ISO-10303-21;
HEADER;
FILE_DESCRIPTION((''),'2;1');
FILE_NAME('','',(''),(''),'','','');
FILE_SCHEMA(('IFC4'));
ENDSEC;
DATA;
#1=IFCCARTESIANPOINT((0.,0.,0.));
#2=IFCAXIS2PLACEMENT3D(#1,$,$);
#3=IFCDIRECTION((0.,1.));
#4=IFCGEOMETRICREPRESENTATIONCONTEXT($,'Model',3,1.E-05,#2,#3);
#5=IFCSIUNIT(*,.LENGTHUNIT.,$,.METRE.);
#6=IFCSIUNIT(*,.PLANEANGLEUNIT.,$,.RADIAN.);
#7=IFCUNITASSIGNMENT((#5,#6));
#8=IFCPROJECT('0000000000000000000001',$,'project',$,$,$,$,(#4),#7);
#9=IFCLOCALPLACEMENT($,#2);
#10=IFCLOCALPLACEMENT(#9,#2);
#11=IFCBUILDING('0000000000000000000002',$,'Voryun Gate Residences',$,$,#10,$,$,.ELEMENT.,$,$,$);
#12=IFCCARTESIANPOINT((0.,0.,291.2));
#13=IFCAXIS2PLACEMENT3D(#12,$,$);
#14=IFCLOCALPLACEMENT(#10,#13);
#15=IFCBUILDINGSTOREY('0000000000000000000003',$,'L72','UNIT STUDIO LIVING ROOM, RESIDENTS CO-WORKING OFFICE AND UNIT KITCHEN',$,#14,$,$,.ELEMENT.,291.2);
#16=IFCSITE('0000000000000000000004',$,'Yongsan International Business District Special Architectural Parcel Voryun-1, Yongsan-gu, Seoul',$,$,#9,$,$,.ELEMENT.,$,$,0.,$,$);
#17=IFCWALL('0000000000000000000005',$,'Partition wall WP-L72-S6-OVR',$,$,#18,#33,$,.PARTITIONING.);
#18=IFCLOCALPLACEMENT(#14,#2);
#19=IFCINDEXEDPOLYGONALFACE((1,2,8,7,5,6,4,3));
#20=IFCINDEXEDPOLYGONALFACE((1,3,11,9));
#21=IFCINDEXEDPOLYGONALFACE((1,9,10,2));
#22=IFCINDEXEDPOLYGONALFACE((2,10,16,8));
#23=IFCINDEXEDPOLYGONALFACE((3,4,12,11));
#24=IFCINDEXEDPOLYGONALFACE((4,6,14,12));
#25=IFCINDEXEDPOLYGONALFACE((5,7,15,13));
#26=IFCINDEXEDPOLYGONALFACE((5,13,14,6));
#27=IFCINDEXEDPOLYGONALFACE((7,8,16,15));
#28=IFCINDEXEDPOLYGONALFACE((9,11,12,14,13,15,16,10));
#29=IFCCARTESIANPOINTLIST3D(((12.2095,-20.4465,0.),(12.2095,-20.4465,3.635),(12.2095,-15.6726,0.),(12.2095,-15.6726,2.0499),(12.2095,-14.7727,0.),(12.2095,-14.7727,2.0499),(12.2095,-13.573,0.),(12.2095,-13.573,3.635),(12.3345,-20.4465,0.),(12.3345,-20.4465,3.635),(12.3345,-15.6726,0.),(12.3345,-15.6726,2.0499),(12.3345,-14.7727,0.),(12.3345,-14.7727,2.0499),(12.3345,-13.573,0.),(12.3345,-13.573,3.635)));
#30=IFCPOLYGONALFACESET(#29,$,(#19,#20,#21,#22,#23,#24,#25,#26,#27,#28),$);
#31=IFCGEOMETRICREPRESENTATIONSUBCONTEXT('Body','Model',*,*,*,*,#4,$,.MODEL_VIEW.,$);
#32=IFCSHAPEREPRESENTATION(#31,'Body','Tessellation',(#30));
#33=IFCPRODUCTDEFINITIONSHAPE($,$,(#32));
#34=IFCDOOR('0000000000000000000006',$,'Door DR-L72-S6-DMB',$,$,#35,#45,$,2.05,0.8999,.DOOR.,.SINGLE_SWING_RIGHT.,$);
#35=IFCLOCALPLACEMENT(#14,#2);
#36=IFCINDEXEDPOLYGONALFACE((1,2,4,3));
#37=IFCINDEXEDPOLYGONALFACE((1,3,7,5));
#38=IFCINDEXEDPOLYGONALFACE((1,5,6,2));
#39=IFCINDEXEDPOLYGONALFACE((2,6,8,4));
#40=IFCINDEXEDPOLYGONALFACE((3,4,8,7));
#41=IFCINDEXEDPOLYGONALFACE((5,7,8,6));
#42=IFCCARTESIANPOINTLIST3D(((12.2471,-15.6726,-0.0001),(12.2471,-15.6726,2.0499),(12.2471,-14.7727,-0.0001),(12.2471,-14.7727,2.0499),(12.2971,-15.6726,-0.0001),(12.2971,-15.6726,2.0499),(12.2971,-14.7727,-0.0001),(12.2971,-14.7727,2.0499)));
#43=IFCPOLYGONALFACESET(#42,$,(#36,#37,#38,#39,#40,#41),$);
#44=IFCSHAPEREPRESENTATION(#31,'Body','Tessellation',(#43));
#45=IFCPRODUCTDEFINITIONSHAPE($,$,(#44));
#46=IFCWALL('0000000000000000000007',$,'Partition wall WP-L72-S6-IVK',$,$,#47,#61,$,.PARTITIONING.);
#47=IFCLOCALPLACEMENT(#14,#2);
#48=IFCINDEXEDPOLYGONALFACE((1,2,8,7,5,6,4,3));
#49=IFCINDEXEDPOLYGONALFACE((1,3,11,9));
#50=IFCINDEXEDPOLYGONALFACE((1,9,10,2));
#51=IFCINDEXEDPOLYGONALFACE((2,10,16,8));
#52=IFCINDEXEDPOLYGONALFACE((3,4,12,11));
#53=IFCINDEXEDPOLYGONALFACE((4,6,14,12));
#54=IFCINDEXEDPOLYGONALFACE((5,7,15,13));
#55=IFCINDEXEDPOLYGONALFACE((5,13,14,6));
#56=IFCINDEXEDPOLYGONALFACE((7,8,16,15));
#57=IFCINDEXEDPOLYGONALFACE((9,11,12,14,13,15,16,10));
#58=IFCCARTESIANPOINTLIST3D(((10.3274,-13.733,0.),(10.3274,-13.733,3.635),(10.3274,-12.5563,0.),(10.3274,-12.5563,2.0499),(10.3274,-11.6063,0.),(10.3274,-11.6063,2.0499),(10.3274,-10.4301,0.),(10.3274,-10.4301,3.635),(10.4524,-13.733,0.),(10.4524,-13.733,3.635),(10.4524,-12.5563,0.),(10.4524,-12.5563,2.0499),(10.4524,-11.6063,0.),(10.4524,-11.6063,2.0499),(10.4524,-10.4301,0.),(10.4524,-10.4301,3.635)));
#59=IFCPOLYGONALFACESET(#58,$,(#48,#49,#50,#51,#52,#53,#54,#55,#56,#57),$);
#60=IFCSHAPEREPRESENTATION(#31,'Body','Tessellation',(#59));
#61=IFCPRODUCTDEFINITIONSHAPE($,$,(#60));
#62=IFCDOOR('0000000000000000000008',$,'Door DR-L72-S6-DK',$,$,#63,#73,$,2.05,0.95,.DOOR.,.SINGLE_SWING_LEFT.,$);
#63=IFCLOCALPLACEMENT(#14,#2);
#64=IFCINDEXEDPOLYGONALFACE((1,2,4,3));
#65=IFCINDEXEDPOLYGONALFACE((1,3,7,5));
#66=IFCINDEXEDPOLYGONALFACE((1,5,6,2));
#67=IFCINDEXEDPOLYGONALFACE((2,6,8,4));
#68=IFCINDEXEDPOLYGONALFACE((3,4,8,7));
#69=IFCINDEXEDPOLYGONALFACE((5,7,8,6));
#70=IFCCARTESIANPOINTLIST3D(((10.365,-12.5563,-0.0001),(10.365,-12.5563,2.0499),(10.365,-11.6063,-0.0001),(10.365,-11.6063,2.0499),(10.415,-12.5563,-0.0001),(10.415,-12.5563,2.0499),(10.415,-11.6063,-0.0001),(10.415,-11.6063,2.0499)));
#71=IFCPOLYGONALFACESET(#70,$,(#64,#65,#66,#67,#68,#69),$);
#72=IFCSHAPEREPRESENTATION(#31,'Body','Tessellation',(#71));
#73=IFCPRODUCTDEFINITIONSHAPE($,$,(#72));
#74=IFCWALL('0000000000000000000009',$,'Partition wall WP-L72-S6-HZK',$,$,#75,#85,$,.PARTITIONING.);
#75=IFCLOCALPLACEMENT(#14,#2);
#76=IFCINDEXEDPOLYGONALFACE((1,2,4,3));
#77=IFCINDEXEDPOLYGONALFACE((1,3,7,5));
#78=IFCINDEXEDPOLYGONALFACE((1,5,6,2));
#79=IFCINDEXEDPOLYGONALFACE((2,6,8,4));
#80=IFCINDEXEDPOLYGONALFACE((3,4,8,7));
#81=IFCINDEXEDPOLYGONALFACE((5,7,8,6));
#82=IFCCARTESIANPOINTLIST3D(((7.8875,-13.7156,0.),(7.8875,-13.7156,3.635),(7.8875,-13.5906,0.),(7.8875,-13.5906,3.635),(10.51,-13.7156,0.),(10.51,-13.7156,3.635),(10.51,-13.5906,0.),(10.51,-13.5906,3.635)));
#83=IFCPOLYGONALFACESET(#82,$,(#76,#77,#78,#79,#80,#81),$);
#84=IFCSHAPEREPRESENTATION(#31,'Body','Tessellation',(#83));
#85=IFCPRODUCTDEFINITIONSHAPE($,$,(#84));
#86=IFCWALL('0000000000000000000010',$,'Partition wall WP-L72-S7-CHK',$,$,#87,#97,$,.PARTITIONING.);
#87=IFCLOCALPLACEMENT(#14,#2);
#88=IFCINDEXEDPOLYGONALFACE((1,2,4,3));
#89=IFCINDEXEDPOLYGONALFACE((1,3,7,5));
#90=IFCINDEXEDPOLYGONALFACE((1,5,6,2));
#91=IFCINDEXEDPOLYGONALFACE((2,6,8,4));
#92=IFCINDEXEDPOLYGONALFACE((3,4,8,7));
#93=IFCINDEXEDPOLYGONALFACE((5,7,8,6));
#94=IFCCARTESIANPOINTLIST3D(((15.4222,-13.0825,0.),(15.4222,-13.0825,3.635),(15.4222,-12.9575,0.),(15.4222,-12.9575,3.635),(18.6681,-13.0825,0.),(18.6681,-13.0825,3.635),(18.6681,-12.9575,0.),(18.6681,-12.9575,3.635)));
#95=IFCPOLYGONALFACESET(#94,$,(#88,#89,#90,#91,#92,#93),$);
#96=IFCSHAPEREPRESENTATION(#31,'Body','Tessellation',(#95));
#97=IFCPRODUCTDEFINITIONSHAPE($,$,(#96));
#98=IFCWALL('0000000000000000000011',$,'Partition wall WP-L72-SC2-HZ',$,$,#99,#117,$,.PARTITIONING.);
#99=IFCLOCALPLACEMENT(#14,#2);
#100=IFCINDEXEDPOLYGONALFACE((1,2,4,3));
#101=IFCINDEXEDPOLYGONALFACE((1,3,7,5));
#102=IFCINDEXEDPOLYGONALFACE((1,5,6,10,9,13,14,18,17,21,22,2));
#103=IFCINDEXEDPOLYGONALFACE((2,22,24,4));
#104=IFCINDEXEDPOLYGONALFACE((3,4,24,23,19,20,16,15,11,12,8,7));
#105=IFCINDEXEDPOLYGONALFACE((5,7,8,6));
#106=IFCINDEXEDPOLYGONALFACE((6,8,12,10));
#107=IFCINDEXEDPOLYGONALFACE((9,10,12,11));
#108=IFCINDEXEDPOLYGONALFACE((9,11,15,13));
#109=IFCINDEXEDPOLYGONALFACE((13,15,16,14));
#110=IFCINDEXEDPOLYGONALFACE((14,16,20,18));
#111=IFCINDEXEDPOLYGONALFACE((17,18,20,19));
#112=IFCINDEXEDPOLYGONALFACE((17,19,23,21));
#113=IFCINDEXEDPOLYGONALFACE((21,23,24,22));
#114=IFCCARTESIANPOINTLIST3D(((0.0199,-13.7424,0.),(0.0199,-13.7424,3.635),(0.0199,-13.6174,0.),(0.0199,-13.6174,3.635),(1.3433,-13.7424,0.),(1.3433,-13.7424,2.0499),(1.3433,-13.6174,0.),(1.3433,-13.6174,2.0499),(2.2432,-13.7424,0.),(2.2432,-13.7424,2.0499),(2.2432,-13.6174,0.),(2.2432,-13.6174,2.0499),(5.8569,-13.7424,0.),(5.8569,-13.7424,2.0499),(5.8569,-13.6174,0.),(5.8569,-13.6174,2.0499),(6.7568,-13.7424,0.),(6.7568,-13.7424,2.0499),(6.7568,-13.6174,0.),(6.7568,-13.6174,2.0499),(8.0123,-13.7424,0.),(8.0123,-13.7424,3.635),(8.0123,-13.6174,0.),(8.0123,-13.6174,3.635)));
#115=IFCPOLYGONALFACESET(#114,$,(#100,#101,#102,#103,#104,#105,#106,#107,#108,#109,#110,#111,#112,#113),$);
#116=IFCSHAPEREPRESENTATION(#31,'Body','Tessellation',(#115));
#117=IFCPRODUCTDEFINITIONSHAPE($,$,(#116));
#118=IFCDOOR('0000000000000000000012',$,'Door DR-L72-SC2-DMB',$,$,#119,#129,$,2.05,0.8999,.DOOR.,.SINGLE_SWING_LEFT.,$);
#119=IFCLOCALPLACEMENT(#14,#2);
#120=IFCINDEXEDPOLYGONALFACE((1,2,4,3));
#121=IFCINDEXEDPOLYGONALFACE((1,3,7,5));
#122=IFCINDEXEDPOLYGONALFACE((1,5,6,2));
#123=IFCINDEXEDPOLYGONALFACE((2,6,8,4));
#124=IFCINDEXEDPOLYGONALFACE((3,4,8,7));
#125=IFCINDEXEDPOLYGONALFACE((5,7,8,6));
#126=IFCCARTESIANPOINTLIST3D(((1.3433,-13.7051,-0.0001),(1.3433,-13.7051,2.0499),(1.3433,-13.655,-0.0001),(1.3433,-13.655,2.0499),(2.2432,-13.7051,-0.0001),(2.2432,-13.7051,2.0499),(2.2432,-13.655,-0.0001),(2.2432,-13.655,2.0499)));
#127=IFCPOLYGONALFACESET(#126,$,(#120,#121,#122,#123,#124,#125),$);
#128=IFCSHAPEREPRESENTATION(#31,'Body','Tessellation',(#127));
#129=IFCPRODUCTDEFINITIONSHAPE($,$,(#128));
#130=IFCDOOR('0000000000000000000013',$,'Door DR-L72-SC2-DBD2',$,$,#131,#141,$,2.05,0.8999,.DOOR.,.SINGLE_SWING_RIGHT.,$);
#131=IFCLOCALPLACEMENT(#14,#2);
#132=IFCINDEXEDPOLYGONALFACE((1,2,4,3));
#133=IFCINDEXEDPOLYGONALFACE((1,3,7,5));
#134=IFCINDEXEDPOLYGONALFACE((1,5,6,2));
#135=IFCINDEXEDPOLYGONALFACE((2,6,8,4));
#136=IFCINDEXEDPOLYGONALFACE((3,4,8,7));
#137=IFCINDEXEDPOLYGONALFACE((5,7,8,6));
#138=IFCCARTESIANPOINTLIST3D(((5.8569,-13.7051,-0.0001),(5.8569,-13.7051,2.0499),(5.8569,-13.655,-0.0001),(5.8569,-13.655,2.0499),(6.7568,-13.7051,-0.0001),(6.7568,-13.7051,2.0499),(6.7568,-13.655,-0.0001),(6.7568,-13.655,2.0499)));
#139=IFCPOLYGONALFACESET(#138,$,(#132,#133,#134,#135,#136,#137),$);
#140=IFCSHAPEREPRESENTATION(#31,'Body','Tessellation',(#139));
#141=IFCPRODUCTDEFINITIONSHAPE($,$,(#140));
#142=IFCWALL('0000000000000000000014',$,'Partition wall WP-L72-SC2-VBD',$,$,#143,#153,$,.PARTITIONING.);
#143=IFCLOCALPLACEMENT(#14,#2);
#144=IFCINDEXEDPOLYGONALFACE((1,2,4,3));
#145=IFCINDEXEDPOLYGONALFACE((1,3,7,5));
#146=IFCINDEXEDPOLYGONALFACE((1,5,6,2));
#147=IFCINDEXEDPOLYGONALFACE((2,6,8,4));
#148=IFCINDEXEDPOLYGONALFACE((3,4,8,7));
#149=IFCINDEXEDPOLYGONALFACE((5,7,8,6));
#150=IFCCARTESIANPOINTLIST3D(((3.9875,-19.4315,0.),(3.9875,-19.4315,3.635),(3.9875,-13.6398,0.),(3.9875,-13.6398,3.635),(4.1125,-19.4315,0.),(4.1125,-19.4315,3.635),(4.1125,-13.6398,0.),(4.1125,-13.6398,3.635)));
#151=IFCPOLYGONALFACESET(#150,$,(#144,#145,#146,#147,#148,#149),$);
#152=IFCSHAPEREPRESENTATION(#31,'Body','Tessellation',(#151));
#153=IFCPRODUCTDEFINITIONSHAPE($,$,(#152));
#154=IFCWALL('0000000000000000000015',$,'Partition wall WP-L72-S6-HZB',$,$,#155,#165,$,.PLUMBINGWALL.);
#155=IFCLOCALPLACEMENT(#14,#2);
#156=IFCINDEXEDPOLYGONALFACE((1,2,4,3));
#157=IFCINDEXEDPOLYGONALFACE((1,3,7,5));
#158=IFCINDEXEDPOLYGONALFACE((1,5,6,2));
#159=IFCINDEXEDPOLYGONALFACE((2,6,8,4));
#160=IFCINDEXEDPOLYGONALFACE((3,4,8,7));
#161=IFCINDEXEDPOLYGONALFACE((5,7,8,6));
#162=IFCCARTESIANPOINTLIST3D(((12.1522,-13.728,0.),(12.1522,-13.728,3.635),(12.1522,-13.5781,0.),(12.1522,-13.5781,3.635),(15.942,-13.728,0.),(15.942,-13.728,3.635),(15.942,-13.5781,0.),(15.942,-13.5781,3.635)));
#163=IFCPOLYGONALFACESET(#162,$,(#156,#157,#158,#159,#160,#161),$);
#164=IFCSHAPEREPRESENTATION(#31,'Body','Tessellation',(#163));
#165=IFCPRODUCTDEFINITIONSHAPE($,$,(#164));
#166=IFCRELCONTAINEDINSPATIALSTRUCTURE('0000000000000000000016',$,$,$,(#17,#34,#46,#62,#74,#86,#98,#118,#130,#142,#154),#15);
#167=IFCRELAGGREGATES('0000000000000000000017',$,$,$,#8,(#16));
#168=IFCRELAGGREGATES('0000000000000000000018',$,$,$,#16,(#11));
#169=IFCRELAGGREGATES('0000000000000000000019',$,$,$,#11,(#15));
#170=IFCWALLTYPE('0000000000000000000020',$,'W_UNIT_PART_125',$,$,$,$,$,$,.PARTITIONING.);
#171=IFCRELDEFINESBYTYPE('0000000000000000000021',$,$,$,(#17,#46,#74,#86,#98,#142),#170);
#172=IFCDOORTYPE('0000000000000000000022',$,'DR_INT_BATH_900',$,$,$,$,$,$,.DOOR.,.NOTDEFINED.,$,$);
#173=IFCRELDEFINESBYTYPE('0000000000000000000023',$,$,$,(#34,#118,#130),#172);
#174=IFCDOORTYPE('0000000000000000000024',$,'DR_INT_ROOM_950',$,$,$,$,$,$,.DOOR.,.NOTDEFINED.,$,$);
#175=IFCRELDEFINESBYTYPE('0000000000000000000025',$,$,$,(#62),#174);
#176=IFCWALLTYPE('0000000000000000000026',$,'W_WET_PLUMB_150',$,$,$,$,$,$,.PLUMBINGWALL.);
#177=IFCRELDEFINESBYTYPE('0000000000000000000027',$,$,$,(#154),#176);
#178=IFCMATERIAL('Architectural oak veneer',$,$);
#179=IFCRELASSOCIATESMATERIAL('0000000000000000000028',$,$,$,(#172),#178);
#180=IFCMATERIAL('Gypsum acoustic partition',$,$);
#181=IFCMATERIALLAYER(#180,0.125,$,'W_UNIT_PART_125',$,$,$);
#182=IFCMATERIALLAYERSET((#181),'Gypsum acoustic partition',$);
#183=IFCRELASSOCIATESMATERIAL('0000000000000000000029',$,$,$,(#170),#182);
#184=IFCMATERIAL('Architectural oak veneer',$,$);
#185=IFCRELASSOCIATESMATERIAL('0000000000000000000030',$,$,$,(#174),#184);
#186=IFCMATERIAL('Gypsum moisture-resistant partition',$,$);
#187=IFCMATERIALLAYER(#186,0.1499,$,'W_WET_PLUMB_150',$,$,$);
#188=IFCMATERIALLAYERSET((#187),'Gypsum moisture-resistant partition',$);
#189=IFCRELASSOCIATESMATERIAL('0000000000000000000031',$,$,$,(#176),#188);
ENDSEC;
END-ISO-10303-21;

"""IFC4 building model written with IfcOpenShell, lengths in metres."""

from ifc_helpers import new_model, si_unit, direction, frame, frame_2d, origin, place, context, subcontext, project, spatial, rectangle, extrude, material, layer, layer_set, type_object, element, fill, save


model = new_model("IFC4")

# Units and contexts
model_context = context("Model", 3, precision=1e-05, world=origin(), true_north=direction((0.0, 1.0)))
body_context = subcontext(model_context, "Body", "Model", "MODEL_VIEW")
ifc_project = project(units=[si_unit("LENGTHUNIT", "METRE"), si_unit("PLANEANGLEUNIT", "RADIAN")], contexts=[model_context])

# Site, building, storey
site_placement = place(None, origin())
site = spatial("IfcSite", under=ifc_project, at=site_placement, Name="Yongsan International Business District Special Architectural Parcel Voryun-1, Yongsan-gu, Seoul", CompositionType="ELEMENT", RefElevation=0.0)
building_placement = place(site_placement, origin())
building = spatial("IfcBuilding", under=site, at=building_placement, Name="Voryun Gate Residences", CompositionType="ELEMENT")
storey_placement = place(building_placement, frame((0.0, 0.0, 291.2)))
storey = spatial("IfcBuildingStorey", under=building, at=storey_placement, Name="L72", Description="UNIT STUDIO LIVING ROOM, RESIDENTS CO-WORKING OFFICE AND UNIT KITCHEN", CompositionType="ELEMENT", Elevation=291.2)

# Shared definitions
ifc_material_1 = material(Name="Architectural oak veneer")
door_type_1 = type_object("IfcDoorType", Name="DR_INT_BATH_900", OperationType="NOTDEFINED", PredefinedType="DOOR", material=ifc_material_1)

# Walls, openings, doors
ifc_material_2 = material(Name="Gypsum acoustic partition")
ifc_layer_1 = layer(ifc_material_2, 0.125, Name="W_UNIT_PART_125")
ifc_layer_set_1 = layer_set([ifc_layer_1], Name="Gypsum acoustic partition")
wall_type_1 = type_object("IfcWallType", Name="W_UNIT_PART_125", PredefinedType="PARTITIONING", material=ifc_layer_set_1)
wall_1_placement = place(storey_placement, frame((12.272, -20.4465, 0.0), z_axis=(0.0, 0.0, 1.0), x_axis=(0.0, 1.0, 0.0)))
wall_1 = element("IfcWall", 1, at=wall_1_placement, inside=storey, type_object=wall_type_1, Name="Partition wall WP-L72-S6-OVR", PredefinedType="PARTITIONING", context=body_context, shape_type="SweptSolid", body=[
    extrude(rectangle(XDim=6.8735, YDim=0.125, at=frame_2d((3.4368, 0.0))), origin(), (0.0, 0.0, 1.0), 3.635),
])
opening_1_placement = place(wall_1_placement, frame((4.7739, 0.0, 0.0)))
opening_1 = element("IfcOpeningElement", 2, at=opening_1_placement, cuts=wall_1, PredefinedType="OPENING", context=body_context, shape_type="SweptSolid", body=[
    extrude(rectangle(XDim=0.8999, YDim=2.05, at=frame_2d((0.45, 1.0249))), frame((0.0, 0.0725, 0.0), z_axis=(0.0, -1.0, 0.0), x_axis=(1.0, 0.0, 0.0)), (0.0, 0.0, 1.0), 0.145),
])
door_1_placement = place(opening_1_placement, origin())
door_1 = element("IfcDoor", 3, at=door_1_placement, inside=storey, type_object=door_type_1, Name="Door DR-L72-S6-DMB", OperationType="SINGLE_SWING_RIGHT", OverallHeight=2.05, OverallWidth=0.8999, PredefinedType="DOOR", context=body_context, shape_type="SweptSolid", body=[
    extrude(rectangle(XDim=0.8999, YDim=2.05, at=frame_2d((0.45, 1.0249))), frame((0.0, 0.0249, 0.0), z_axis=(0.0, -1.0, 0.0), x_axis=(1.0, 0.0, 0.0)), (0.0, 0.0, 1.0), 0.05),
])
fill(opening_1, door_1)
wall_2_placement = place(storey_placement, frame((10.3899, -13.7329, 0.0), z_axis=(0.0, 0.0, 1.0), x_axis=(0.0, 1.0, 0.0)))
wall_2 = element("IfcWall", 4, at=wall_2_placement, inside=storey, type_object=wall_type_1, Name="Partition wall WP-L72-S6-IVK", PredefinedType="PARTITIONING", context=body_context, shape_type="SweptSolid", body=[
    extrude(rectangle(XDim=3.303, YDim=0.125, at=frame_2d((1.6514, 0.0))), origin(), (0.0, 0.0, 1.0), 3.635),
])
opening_2_placement = place(wall_2_placement, frame((1.1765, 0.0, 0.0)))
opening_2 = element("IfcOpeningElement", 5, at=opening_2_placement, cuts=wall_2, PredefinedType="OPENING", context=body_context, shape_type="SweptSolid", body=[
    extrude(rectangle(XDim=0.95, YDim=2.05, at=frame_2d((0.4751, 1.0249))), frame((0.0, 0.0725, 0.0), z_axis=(0.0, -1.0, 0.0), x_axis=(1.0, 0.0, 0.0)), (0.0, 0.0, 1.0), 0.145),
])
ifc_material_3 = material(Name="Architectural oak veneer")
door_type_2 = type_object("IfcDoorType", Name="DR_INT_ROOM_950", OperationType="NOTDEFINED", PredefinedType="DOOR", material=ifc_material_3)
door_2_placement = place(opening_2_placement, origin())
door_2 = element("IfcDoor", 6, at=door_2_placement, inside=storey, type_object=door_type_2, Name="Door DR-L72-S6-DK", OperationType="SINGLE_SWING_LEFT", OverallHeight=2.05, OverallWidth=0.95, PredefinedType="DOOR", context=body_context, shape_type="SweptSolid", body=[
    extrude(rectangle(XDim=0.95, YDim=2.05, at=frame_2d((0.4751, 1.0249))), frame((0.0, 0.0249, 0.0), z_axis=(0.0, -1.0, 0.0), x_axis=(1.0, 0.0, 0.0)), (0.0, 0.0, 1.0), 0.05),
])
fill(opening_2, door_2)

# Walls
wall_3_placement = place(storey_placement, frame((7.8875, -13.6531, 0.0), z_axis=(0.0, 0.0, 1.0), x_axis=(1.0, 0.0, 0.0)))
element("IfcWall", 7, at=wall_3_placement, inside=storey, type_object=wall_type_1, Name="Partition wall WP-L72-S6-HZK", PredefinedType="PARTITIONING", context=body_context, shape_type="SweptSolid", body=[
    extrude(rectangle(XDim=2.6226, YDim=0.125, at=frame_2d((1.3113, 0.0))), origin(), (0.0, 0.0, 1.0), 3.635),
])
wall_4_placement = place(storey_placement, frame((15.4221, -13.02, 0.0), z_axis=(0.0, 0.0, 1.0), x_axis=(1.0, 0.0, 0.0)))
element("IfcWall", 8, at=wall_4_placement, inside=storey, type_object=wall_type_1, Name="Partition wall WP-L72-S7-CHK", PredefinedType="PARTITIONING", context=body_context, shape_type="SweptSolid", body=[
    extrude(rectangle(XDim=3.2458, YDim=0.125, at=frame_2d((1.623, 0.0))), origin(), (0.0, 0.0, 1.0), 3.635),
])

# Wall, openings, doors
wall_5_placement = place(storey_placement, frame((0.02, -13.6799, 0.0), z_axis=(0.0, 0.0, 1.0), x_axis=(1.0, 0.0, 0.0)))
wall_5 = element("IfcWall", 9, at=wall_5_placement, inside=storey, type_object=wall_type_1, Name="Partition wall WP-L72-SC2-HZ", PredefinedType="PARTITIONING", context=body_context, shape_type="SweptSolid", body=[
    extrude(rectangle(XDim=7.9924, YDim=0.125, at=frame_2d((3.9961, 0.0))), origin(), (0.0, 0.0, 1.0), 3.635),
])
opening_3_placement = place(wall_5_placement, frame((1.3232, 0.0, 0.0)))
opening_3 = element("IfcOpeningElement", 10, at=opening_3_placement, cuts=wall_5, PredefinedType="OPENING", context=body_context, shape_type="SweptSolid", body=[
    extrude(rectangle(XDim=0.8999, YDim=2.05, at=frame_2d((0.45, 1.0249))), frame((0.0, 0.0725, 0.0), z_axis=(0.0, -1.0, 0.0), x_axis=(1.0, 0.0, 0.0)), (0.0, 0.0, 1.0), 0.145),
])
opening_4_placement = place(wall_5_placement, frame((5.8369, 0.0, 0.0)))
opening_4 = element("IfcOpeningElement", 11, at=opening_4_placement, cuts=wall_5, PredefinedType="OPENING", context=body_context, shape_type="SweptSolid", body=[
    extrude(rectangle(XDim=0.8999, YDim=2.05, at=frame_2d((0.45, 1.0249))), frame((0.0, 0.0725, 0.0), z_axis=(0.0, -1.0, 0.0), x_axis=(1.0, 0.0, 0.0)), (0.0, 0.0, 1.0), 0.145),
])
door_3_placement = place(opening_3_placement, origin())
door_3 = element("IfcDoor", 12, at=door_3_placement, inside=storey, type_object=door_type_1, Name="Door DR-L72-SC2-DMB", OperationType="SINGLE_SWING_LEFT", OverallHeight=2.05, OverallWidth=0.8999, PredefinedType="DOOR", context=body_context, shape_type="SweptSolid", body=[
    extrude(rectangle(XDim=0.8999, YDim=2.05, at=frame_2d((0.45, 1.0249))), frame((0.0, 0.0249, 0.0), z_axis=(0.0, -1.0, 0.0), x_axis=(1.0, 0.0, 0.0)), (0.0, 0.0, 1.0), 0.05),
])
fill(opening_3, door_3)
door_4_placement = place(opening_4_placement, origin())
door_4 = element("IfcDoor", 13, at=door_4_placement, inside=storey, type_object=door_type_1, Name="Door DR-L72-SC2-DBD2", OperationType="SINGLE_SWING_RIGHT", OverallHeight=2.05, OverallWidth=0.8999, PredefinedType="DOOR", context=body_context, shape_type="SweptSolid", body=[
    extrude(rectangle(XDim=0.8999, YDim=2.05, at=frame_2d((0.45, 1.0249))), frame((0.0, 0.0249, 0.0), z_axis=(0.0, -1.0, 0.0), x_axis=(1.0, 0.0, 0.0)), (0.0, 0.0, 1.0), 0.05),
])
fill(opening_4, door_4)

# Walls
wall_6_placement = place(storey_placement, frame((4.05, -19.4316, 0.0), z_axis=(0.0, 0.0, 1.0), x_axis=(0.0, 1.0, 0.0)))
element("IfcWall", 14, at=wall_6_placement, inside=storey, type_object=wall_type_1, Name="Partition wall WP-L72-SC2-VBD", PredefinedType="PARTITIONING", context=body_context, shape_type="SweptSolid", body=[
    extrude(rectangle(XDim=5.7917, YDim=0.125, at=frame_2d((2.896, 0.0))), origin(), (0.0, 0.0, 1.0), 3.635),
])
ifc_material_4 = material(Name="Gypsum moisture-resistant partition")
ifc_layer_2 = layer(ifc_material_4, 0.1499, Name="W_WET_PLUMB_150")
ifc_layer_set_2 = layer_set([ifc_layer_2], Name="Gypsum moisture-resistant partition")
wall_type_2 = type_object("IfcWallType", Name="W_WET_PLUMB_150", PredefinedType="PLUMBINGWALL", material=ifc_layer_set_2)
wall_7_placement = place(storey_placement, frame((12.1521, -13.6531, 0.0), z_axis=(0.0, 0.0, 1.0), x_axis=(1.0, 0.0, 0.0)))
element("IfcWall", 15, at=wall_7_placement, inside=storey, type_object=wall_type_2, Name="Partition wall WP-L72-S6-HZB", PredefinedType="PLUMBINGWALL", context=body_context, shape_type="SweptSolid", body=[
    extrude(rectangle(XDim=3.7898, YDim=0.1499, at=frame_2d((1.895, 0.0))), origin(), (0.0, 0.0, 1.0), 3.635),
])

save(model, "model.ifc")
